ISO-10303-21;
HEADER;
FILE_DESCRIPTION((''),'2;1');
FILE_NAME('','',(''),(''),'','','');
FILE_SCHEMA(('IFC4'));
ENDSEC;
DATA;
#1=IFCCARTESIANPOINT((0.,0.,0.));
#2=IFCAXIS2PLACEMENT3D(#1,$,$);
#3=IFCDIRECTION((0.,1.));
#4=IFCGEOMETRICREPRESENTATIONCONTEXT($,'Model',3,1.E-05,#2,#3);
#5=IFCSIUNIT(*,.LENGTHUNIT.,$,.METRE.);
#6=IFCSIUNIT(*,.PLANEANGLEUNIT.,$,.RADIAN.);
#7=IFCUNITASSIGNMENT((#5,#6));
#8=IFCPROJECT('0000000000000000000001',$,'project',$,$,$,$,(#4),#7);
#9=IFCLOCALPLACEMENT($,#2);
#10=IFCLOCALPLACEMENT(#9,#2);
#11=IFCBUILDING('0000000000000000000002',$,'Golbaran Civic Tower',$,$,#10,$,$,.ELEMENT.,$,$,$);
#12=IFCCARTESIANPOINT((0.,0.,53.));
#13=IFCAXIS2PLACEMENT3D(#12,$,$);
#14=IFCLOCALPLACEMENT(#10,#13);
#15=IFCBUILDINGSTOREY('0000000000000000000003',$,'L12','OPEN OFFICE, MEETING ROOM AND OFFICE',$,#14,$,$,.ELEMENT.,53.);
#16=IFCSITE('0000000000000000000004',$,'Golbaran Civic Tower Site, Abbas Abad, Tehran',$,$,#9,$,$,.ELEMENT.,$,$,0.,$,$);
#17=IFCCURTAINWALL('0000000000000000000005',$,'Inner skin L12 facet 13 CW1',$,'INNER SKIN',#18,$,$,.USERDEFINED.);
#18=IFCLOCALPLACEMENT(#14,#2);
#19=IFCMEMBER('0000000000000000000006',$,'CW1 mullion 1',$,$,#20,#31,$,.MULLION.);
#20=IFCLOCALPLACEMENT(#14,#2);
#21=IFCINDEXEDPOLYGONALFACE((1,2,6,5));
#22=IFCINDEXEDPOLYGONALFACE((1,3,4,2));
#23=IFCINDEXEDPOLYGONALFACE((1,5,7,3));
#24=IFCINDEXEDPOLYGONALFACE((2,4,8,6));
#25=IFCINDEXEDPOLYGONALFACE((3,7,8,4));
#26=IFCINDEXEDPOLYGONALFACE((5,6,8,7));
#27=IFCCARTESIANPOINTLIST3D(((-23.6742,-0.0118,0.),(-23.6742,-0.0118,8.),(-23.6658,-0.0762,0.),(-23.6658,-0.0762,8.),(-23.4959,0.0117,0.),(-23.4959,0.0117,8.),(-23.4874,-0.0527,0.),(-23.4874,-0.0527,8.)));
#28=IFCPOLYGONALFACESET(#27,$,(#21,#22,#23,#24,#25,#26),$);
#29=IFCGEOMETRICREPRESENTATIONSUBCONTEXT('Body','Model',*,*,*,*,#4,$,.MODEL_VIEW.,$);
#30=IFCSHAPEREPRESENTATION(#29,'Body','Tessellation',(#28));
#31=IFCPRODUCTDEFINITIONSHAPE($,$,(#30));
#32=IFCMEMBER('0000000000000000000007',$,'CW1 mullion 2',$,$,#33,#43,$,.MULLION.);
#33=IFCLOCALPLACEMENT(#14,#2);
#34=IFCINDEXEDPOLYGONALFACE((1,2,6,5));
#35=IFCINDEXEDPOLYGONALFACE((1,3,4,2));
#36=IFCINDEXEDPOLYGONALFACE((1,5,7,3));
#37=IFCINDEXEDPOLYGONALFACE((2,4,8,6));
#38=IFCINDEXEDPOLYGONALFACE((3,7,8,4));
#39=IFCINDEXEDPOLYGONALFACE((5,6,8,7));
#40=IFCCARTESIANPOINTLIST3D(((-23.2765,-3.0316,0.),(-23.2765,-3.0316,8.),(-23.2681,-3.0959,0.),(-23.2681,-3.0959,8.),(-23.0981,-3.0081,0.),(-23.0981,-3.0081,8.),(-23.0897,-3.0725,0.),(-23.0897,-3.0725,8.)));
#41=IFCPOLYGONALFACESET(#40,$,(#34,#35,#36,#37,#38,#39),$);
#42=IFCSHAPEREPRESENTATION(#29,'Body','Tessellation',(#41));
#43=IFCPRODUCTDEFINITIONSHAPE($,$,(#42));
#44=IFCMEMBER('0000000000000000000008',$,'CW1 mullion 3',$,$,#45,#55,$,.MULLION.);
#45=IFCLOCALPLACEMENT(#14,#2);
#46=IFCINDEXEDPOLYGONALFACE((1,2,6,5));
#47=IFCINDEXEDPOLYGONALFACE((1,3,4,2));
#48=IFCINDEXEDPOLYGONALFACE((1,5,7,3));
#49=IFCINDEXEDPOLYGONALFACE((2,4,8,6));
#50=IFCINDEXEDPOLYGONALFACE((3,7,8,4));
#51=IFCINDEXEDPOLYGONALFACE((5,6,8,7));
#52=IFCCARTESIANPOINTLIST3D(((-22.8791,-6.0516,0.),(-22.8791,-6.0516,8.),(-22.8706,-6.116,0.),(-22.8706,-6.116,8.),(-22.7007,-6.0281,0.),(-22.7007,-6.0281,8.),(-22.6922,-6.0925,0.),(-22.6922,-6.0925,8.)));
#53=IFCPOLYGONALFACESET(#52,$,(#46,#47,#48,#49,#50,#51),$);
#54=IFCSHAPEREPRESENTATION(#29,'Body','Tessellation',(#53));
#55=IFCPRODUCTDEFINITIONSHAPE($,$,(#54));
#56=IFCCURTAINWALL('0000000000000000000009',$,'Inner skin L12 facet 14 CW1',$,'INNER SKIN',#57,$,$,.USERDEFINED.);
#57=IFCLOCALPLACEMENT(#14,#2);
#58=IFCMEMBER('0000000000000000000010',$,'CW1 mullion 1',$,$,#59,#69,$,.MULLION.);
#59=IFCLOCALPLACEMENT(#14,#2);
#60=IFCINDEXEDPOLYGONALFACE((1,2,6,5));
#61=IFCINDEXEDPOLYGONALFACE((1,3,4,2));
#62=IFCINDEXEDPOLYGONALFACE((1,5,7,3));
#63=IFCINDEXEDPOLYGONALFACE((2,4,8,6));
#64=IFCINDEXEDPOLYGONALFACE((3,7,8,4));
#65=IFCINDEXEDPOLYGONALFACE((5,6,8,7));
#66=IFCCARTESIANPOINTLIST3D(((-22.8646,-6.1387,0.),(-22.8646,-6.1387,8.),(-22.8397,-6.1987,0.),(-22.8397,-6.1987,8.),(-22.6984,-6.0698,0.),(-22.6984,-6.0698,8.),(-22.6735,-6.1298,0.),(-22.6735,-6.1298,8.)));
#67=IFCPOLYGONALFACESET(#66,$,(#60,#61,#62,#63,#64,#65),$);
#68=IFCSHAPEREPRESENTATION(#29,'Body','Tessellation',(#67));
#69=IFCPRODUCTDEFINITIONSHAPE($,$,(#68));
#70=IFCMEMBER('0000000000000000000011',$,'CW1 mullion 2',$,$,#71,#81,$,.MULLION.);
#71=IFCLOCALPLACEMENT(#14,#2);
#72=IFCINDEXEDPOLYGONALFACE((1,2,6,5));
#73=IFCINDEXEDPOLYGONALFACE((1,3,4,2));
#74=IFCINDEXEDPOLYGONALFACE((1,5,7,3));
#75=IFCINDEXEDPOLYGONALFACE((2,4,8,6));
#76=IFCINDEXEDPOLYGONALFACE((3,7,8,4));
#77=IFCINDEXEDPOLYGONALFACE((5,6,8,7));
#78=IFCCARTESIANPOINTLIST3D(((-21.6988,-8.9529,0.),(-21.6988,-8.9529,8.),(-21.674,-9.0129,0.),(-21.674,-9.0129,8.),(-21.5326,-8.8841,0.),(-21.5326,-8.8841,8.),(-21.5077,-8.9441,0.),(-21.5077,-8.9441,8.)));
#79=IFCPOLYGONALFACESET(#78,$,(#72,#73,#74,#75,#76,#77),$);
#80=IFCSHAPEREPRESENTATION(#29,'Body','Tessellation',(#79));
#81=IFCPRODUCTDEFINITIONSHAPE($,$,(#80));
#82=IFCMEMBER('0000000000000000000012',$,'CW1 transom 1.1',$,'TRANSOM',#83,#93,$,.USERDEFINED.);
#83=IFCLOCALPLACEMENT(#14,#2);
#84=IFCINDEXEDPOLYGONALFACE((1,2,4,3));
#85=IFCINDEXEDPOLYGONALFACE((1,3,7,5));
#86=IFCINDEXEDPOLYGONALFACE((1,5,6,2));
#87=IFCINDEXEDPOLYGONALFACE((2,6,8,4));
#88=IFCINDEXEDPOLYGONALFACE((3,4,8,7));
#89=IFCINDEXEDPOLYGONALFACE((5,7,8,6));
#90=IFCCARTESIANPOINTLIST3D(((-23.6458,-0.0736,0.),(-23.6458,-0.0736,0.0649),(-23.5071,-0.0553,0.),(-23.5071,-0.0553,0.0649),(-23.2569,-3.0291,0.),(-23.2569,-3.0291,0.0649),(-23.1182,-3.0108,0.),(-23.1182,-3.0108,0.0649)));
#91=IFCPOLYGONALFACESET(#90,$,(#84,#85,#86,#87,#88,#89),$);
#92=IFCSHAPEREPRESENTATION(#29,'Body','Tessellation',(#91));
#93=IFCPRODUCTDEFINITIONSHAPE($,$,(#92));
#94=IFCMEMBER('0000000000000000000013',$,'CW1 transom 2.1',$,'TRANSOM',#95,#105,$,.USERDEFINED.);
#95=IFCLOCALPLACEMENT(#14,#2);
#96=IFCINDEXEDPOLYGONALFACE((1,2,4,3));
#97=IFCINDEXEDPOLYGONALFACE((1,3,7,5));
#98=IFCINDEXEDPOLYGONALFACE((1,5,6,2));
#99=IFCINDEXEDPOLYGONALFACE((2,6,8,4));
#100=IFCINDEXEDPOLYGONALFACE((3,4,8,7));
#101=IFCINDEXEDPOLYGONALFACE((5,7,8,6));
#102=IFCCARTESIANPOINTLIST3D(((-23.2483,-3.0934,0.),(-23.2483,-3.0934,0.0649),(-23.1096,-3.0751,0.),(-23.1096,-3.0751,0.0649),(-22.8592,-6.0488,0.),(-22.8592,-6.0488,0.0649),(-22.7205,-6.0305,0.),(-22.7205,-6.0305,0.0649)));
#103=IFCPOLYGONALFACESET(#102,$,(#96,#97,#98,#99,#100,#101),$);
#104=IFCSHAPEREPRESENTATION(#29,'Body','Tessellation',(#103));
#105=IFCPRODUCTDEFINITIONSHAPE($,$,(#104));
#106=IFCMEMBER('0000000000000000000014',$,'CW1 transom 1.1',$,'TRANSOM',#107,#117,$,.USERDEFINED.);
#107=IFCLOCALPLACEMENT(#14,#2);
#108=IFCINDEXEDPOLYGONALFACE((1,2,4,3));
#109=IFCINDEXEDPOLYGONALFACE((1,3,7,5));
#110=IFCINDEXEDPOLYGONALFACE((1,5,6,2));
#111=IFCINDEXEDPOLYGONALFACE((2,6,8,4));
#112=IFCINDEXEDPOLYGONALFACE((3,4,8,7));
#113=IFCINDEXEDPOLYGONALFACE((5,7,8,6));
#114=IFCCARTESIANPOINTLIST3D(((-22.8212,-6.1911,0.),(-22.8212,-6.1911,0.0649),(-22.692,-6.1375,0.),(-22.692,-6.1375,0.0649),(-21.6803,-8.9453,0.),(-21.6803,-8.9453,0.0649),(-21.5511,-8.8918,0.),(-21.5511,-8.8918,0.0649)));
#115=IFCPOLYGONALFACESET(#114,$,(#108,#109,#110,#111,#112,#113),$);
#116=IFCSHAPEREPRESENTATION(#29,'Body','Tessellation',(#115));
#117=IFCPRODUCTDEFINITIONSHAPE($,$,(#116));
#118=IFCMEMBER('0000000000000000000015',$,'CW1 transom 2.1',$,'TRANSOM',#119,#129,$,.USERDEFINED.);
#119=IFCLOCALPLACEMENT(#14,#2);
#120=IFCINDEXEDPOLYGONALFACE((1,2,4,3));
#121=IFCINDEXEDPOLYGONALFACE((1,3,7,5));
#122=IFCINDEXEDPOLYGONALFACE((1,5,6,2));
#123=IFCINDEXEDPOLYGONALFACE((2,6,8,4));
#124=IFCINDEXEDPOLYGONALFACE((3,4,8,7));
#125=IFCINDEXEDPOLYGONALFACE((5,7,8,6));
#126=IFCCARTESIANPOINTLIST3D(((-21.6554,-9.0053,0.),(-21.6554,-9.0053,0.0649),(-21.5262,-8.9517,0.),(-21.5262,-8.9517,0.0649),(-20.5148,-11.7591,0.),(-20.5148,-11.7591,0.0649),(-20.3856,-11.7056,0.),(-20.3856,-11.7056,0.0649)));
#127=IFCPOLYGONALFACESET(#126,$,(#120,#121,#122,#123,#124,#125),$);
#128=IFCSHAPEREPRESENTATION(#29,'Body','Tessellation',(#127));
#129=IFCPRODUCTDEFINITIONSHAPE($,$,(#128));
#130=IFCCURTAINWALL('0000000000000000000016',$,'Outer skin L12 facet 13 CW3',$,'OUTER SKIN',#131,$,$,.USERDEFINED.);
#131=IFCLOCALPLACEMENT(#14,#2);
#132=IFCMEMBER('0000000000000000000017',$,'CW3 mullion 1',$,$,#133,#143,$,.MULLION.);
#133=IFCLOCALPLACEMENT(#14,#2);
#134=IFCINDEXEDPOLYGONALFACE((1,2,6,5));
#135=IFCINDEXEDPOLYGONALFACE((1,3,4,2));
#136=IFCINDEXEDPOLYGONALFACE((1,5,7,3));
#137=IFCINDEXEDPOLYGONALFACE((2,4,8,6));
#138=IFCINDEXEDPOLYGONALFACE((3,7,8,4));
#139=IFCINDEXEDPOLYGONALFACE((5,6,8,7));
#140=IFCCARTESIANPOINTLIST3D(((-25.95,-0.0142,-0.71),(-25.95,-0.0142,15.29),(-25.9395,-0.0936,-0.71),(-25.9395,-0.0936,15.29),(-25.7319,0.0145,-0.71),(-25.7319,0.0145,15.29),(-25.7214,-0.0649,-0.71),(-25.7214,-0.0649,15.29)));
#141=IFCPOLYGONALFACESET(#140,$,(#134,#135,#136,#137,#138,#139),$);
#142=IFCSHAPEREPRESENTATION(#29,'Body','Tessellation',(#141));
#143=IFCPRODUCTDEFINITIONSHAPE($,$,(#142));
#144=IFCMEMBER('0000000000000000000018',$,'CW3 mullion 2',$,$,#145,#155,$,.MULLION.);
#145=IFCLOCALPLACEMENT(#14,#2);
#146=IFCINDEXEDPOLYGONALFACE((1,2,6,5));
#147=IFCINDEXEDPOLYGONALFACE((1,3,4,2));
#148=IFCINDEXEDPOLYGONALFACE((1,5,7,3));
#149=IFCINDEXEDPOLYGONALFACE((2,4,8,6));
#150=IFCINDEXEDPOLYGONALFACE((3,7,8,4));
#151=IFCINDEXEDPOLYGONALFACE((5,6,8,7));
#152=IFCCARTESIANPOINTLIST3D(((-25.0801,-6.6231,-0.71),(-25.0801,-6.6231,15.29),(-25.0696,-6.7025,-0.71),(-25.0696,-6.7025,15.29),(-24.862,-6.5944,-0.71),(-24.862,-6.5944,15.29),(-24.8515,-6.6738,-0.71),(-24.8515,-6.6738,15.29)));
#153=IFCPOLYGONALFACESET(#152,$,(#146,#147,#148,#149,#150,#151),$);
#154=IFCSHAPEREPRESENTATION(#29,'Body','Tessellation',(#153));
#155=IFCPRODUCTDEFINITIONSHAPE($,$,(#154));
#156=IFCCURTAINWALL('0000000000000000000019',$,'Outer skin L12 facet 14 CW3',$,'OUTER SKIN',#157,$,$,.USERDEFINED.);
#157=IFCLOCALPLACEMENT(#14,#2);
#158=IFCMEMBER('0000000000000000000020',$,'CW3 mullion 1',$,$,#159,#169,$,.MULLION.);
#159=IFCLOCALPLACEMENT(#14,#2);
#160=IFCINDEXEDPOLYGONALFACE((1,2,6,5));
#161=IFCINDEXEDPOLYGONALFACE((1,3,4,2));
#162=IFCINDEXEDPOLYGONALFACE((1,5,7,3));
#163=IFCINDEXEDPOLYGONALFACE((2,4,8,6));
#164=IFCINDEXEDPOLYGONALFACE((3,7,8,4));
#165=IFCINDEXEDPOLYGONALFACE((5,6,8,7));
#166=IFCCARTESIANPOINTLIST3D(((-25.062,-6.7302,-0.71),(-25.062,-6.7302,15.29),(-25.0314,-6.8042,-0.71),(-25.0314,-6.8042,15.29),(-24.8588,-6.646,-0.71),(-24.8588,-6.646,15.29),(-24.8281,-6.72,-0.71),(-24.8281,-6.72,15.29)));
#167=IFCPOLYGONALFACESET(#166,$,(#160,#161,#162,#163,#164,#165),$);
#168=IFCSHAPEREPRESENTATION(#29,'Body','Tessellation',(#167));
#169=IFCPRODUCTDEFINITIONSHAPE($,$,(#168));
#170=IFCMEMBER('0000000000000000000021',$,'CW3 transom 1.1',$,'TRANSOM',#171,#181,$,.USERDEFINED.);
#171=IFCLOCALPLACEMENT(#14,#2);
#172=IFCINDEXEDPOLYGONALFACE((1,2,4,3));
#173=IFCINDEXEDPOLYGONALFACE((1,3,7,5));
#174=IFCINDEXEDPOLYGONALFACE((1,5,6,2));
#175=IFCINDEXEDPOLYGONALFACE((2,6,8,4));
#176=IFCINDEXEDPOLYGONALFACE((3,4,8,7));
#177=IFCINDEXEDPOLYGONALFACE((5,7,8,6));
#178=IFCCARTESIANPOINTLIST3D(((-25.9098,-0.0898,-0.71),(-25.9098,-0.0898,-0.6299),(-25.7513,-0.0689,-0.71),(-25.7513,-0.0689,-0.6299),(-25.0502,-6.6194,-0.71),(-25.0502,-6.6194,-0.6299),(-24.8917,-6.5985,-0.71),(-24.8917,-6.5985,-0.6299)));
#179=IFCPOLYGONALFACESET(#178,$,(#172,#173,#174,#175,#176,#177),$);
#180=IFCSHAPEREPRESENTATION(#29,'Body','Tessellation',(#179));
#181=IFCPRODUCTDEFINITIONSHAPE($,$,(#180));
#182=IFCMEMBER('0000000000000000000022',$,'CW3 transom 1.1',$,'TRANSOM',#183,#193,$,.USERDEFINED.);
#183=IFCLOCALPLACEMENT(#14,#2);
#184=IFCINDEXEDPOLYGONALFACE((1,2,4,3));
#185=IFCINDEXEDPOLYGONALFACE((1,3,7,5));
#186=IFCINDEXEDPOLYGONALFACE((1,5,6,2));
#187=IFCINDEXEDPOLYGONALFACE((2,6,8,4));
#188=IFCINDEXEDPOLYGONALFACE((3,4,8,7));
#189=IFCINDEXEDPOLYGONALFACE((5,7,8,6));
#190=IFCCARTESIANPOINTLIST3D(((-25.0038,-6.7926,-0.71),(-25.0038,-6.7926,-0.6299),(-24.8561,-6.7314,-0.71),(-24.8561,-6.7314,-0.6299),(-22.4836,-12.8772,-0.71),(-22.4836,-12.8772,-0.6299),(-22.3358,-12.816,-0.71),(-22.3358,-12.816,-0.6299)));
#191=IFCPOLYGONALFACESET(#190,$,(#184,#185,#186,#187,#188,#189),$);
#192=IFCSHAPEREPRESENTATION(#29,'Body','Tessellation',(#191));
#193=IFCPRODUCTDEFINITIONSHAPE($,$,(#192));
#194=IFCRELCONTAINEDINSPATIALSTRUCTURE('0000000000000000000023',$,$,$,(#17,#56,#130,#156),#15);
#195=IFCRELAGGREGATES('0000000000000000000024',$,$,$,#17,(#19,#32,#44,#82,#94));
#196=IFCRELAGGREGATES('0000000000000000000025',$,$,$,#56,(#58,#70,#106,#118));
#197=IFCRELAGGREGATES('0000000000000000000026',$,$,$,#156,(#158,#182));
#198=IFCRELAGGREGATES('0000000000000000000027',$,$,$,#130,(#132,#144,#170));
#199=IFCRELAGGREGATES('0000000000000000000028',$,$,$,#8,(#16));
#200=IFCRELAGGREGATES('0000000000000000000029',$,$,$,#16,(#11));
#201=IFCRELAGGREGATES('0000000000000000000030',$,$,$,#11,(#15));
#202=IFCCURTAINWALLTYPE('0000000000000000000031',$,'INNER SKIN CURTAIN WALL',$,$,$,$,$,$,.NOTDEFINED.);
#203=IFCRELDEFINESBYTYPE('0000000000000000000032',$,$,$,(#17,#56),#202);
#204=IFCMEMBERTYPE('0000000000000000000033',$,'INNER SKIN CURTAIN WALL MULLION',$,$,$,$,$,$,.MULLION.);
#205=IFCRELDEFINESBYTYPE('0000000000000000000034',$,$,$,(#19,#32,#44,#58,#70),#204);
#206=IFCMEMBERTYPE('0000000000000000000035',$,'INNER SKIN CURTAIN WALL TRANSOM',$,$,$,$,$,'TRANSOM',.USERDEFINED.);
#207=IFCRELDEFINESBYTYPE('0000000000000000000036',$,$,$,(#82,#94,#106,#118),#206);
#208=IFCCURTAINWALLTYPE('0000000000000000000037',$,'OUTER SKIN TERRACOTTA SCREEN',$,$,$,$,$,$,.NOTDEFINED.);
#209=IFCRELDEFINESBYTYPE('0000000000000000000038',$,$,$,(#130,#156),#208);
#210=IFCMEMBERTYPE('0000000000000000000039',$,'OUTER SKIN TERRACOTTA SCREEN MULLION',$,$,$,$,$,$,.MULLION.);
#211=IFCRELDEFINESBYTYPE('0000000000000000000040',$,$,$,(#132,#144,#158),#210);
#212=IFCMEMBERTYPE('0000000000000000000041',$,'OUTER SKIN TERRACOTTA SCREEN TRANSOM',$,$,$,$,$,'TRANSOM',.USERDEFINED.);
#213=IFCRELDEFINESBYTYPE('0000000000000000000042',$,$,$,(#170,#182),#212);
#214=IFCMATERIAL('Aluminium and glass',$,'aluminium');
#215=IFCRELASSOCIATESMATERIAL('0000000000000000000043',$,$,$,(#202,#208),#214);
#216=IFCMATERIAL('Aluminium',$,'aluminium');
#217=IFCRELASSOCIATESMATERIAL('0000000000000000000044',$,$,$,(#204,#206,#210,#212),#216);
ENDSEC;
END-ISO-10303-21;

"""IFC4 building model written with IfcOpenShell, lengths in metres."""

from ifc_helpers import new_model, si_unit, direction, frame, origin, origin_2d, place, context, subcontext, project, spatial, rectangle, extrude, material, material_profile, profile_set, type_object, element, aggregate, save


model = new_model("IFC4")

# Units and contexts
model_context = context("Model", 3, precision=1e-05, world=origin(), true_north=direction((0.0, 1.0)))
body_context = subcontext(model_context, "Body", "Model", "MODEL_VIEW")
ifc_project = project(units=[si_unit("LENGTHUNIT", "METRE"), si_unit("PLANEANGLEUNIT", "RADIAN")], contexts=[model_context])

# Site, building, storey
site_placement = place(None, origin())
site = spatial("IfcSite", under=ifc_project, at=site_placement, Name="Golbaran Civic Tower Site, Abbas Abad, Tehran", CompositionType="ELEMENT", RefElevation=0.0)
building_placement = place(site_placement, origin())
building = spatial("IfcBuilding", under=site, at=building_placement, Name="Golbaran Civic Tower", CompositionType="ELEMENT")
storey_placement = place(building_placement, frame((0.0, 0.0, 53.0)))
storey = spatial("IfcBuildingStorey", under=building, at=storey_placement, Name="L12", Description="OPEN OFFICE, MEETING ROOM AND OFFICE", CompositionType="ELEMENT", Elevation=53.0)

# Curtain walls, members
ifc_material_1 = material(Name="Aluminium and glass", Category="aluminium")
curtain_wall_type_1 = type_object("IfcCurtainWallType", Name="INNER SKIN CURTAIN WALL", PredefinedType="NOTDEFINED", material=ifc_material_1)
curtain_wall_1_placement = place(storey_placement, origin())
curtain_wall_1 = element("IfcCurtainWall", 1, at=curtain_wall_1_placement, inside=storey, type_object=curtain_wall_type_1, Name="Inner skin L12 facet 13 CW1", ObjectType="INNER SKIN", PredefinedType="USERDEFINED")
ifc_material_2 = material(Name="Aluminium", Category="aluminium")
ifc_material_profile_1 = material_profile(ifc_material_2, rectangle(XDim=0.1799, YDim=0.0649, at=origin_2d()), Name="INNER SKIN CURTAIN WALL MULLION")
ifc_profile_set_1 = profile_set([ifc_material_profile_1], Name="Aluminium")
member_type_1 = type_object("IfcMemberType", Name="INNER SKIN CURTAIN WALL MULLION", PredefinedType="MULLION", material=ifc_profile_set_1)
member_1_placement = place(storey_placement, frame((-23.5808, -0.0322, 0.0), z_axis=(0.0, 0.0, 1.0), x_axis=(0.991445, 0.130526, 0.0)))
member_1 = element("IfcMember", 2, at=member_1_placement, type_object=member_type_1, Name="CW1 mullion 1", PredefinedType="MULLION", context=body_context, shape_type="SweptSolid", body=[
    extrude(rectangle(XDim=0.1799, YDim=0.0649, at=origin_2d()), origin(), (0.0, 0.0, 1.0), 8.0),
])
member_2_placement = place(storey_placement, frame((-23.1831, -3.052, 0.0), z_axis=(0.0, 0.0, 1.0), x_axis=(0.991445, 0.130526, 0.0)))
member_2 = element("IfcMember", 3, at=member_2_placement, type_object=member_type_1, Name="CW1 mullion 2", PredefinedType="MULLION", context=body_context, shape_type="SweptSolid", body=[
    extrude(rectangle(XDim=0.1799, YDim=0.0649, at=origin_2d()), origin(), (0.0, 0.0, 1.0), 8.0),
])
member_3_placement = place(storey_placement, frame((-22.7856, -6.072, 0.0), z_axis=(0.0, 0.0, 1.0), x_axis=(0.991445, 0.130526, 0.0)))
member_3 = element("IfcMember", 4, at=member_3_placement, type_object=member_type_1, Name="CW1 mullion 3", PredefinedType="MULLION", context=body_context, shape_type="SweptSolid", body=[
    extrude(rectangle(XDim=0.1799, YDim=0.0649, at=origin_2d()), origin(), (0.0, 0.0, 1.0), 8.0),
])
curtain_wall_2_placement = place(storey_placement, origin())
curtain_wall_2 = element("IfcCurtainWall", 5, at=curtain_wall_2_placement, inside=storey, type_object=curtain_wall_type_1, Name="Inner skin L12 facet 14 CW1", ObjectType="INNER SKIN", PredefinedType="USERDEFINED")
member_4_placement = place(storey_placement, frame((-22.769, -6.1343, 0.0), z_axis=(0.0, 0.0, 1.0), x_axis=(0.92388, 0.382683, 0.0)))
member_4 = element("IfcMember", 6, at=member_4_placement, type_object=member_type_1, Name="CW1 mullion 1", PredefinedType="MULLION", context=body_context, shape_type="SweptSolid", body=[
    extrude(rectangle(XDim=0.1799, YDim=0.0649, at=origin_2d()), origin(), (0.0, 0.0, 1.0), 8.0),
])
member_5_placement = place(storey_placement, frame((-21.6033, -8.9485, 0.0), z_axis=(0.0, 0.0, 1.0), x_axis=(0.92388, 0.382683, 0.0)))
member_5 = element("IfcMember", 7, at=member_5_placement, type_object=member_type_1, Name="CW1 mullion 2", PredefinedType="MULLION", context=body_context, shape_type="SweptSolid", body=[
    extrude(rectangle(XDim=0.1799, YDim=0.0649, at=origin_2d()), origin(), (0.0, 0.0, 1.0), 8.0),
])

# Members
ifc_material_profile_2 = material_profile(ifc_material_2, rectangle(XDim=0.1399, YDim=0.0649, at=origin_2d()), Name="INNER SKIN CURTAIN WALL TRANSOM")
ifc_profile_set_2 = profile_set([ifc_material_profile_2], Name="Aluminium")
member_type_2 = type_object("IfcMemberType", Name="INNER SKIN CURTAIN WALL TRANSOM", ElementType="TRANSOM", PredefinedType="USERDEFINED", material=ifc_profile_set_2)
member_6_placement = place(storey_placement, frame((-23.5764, -0.0645, 0.0325), z_axis=(0.130463, -0.991453, 0.0), x_axis=(0.991453, 0.130463, 0.0)))
member_6 = element("IfcMember", 8, at=member_6_placement, type_object=member_type_2, Name="CW1 transom 1.1", ObjectType="TRANSOM", PredefinedType="USERDEFINED", context=body_context, shape_type="SweptSolid", body=[
    extrude(rectangle(XDim=0.1399, YDim=0.0649, at=origin_2d()), origin(), (0.0, 0.0, 1.0), 2.981),
])
member_7_placement = place(storey_placement, frame((-23.179, -3.0842, 0.0325), z_axis=(0.130543, -0.991443, 0.0), x_axis=(0.991443, 0.130543, 0.0)))
member_7 = element("IfcMember", 9, at=member_7_placement, type_object=member_type_2, Name="CW1 transom 2.1", ObjectType="TRANSOM", PredefinedType="USERDEFINED", context=body_context, shape_type="SweptSolid", body=[
    extrude(rectangle(XDim=0.1399, YDim=0.0649, at=origin_2d()), origin(), (0.0, 0.0, 1.0), 2.981),
])
member_8_placement = place(storey_placement, frame((-22.7566, -6.1643, 0.0325), z_axis=(0.382701, -0.923872, 0.0), x_axis=(0.923872, 0.382701, 0.0)))
member_8 = element("IfcMember", 10, at=member_8_placement, type_object=member_type_2, Name="CW1 transom 1.1", ObjectType="TRANSOM", PredefinedType="USERDEFINED", context=body_context, shape_type="SweptSolid", body=[
    extrude(rectangle(XDim=0.1399, YDim=0.0649, at=origin_2d()), origin(), (0.0, 0.0, 1.0), 2.9812),
])
member_9_placement = place(storey_placement, frame((-21.5908, -8.9785, 0.0325), z_axis=(0.38266, -0.923889, 0.0), x_axis=(0.923889, 0.38266, 0.0)))
member_9 = element("IfcMember", 11, at=member_9_placement, type_object=member_type_2, Name="CW1 transom 2.1", ObjectType="TRANSOM", PredefinedType="USERDEFINED", context=body_context, shape_type="SweptSolid", body=[
    extrude(rectangle(XDim=0.1399, YDim=0.0649, at=origin_2d()), origin(), (0.0, 0.0, 1.0), 2.9807),
])

# Curtain wall, members
curtain_wall_type_2 = type_object("IfcCurtainWallType", Name="OUTER SKIN TERRACOTTA SCREEN", PredefinedType="NOTDEFINED", material=ifc_material_1)
curtain_wall_3_placement = place(storey_placement, origin())
curtain_wall_3 = element("IfcCurtainWall", 12, at=curtain_wall_3_placement, inside=storey, type_object=curtain_wall_type_2, Name="Outer skin L12 facet 13 CW3", ObjectType="OUTER SKIN", PredefinedType="USERDEFINED")
ifc_material_profile_3 = material_profile(ifc_material_2, rectangle(XDim=0.22, YDim=0.0801, at=origin_2d()), Name="OUTER SKIN TERRACOTTA SCREEN MULLION")
ifc_profile_set_3 = profile_set([ifc_material_profile_3], Name="Aluminium")
member_type_3 = type_object("IfcMemberType", Name="OUTER SKIN TERRACOTTA SCREEN MULLION", PredefinedType="MULLION", material=ifc_profile_set_3)
member_10_placement = place(storey_placement, frame((-25.8357, -0.0396, -0.71), z_axis=(0.0, 0.0, 1.0), x_axis=(0.991445, 0.130526, 0.0)))
member_10 = element("IfcMember", 13, at=member_10_placement, type_object=member_type_3, Name="CW3 mullion 1", PredefinedType="MULLION", context=body_context, shape_type="SweptSolid", body=[
    extrude(rectangle(XDim=0.22, YDim=0.0801, at=origin_2d()), origin(), (0.0, 0.0, 1.0), 16.0),
])
member_11_placement = place(storey_placement, frame((-24.9658, -6.6484, -0.71), z_axis=(0.0, 0.0, 1.0), x_axis=(0.991445, 0.130526, 0.0)))
member_11 = element("IfcMember", 14, at=member_11_placement, type_object=member_type_3, Name="CW3 mullion 2", PredefinedType="MULLION", context=body_context, shape_type="SweptSolid", body=[
    extrude(rectangle(XDim=0.22, YDim=0.0801, at=origin_2d()), origin(), (0.0, 0.0, 1.0), 16.0),
])

# Curtain wall, member
curtain_wall_4_placement = place(storey_placement, origin())
curtain_wall_4 = element("IfcCurtainWall", 15, at=curtain_wall_4_placement, inside=storey, type_object=curtain_wall_type_2, Name="Outer skin L12 facet 14 CW3", ObjectType="OUTER SKIN", PredefinedType="USERDEFINED")
member_12_placement = place(storey_placement, frame((-24.9451, -6.7251, -0.71), z_axis=(0.0, 0.0, 1.0), x_axis=(0.92388, 0.382683, 0.0)))
member_12 = element("IfcMember", 16, at=member_12_placement, type_object=member_type_3, Name="CW3 mullion 1", PredefinedType="MULLION", context=body_context, shape_type="SweptSolid", body=[
    extrude(rectangle(XDim=0.22, YDim=0.0801, at=origin_2d()), origin(), (0.0, 0.0, 1.0), 16.0),
])

# Members
ifc_material_profile_4 = material_profile(ifc_material_2, rectangle(XDim=0.1599, YDim=0.0801, at=origin_2d()), Name="OUTER SKIN TERRACOTTA SCREEN TRANSOM")
ifc_profile_set_4 = profile_set([ifc_material_profile_4], Name="Aluminium")
member_type_4 = type_object("IfcMemberType", Name="OUTER SKIN TERRACOTTA SCREEN TRANSOM", ElementType="TRANSOM", PredefinedType="USERDEFINED", material=ifc_profile_set_4)
member_13_placement = place(storey_placement, frame((-25.8306, -0.0793, -0.6699), z_axis=(0.130525, -0.991445, 0.0), x_axis=(0.991445, 0.130525, 0.0)))
member_13 = element("IfcMember", 17, at=member_13_placement, type_object=member_type_4, Name="CW3 transom 1.1", ObjectType="TRANSOM", PredefinedType="USERDEFINED", context=body_context, shape_type="SweptSolid", body=[
    extrude(rectangle(XDim=0.1599, YDim=0.0801, at=origin_2d()), origin(), (0.0, 0.0, 1.0), 6.5859),
])
member_14_placement = place(storey_placement, frame((-24.9299, -6.762, -0.6699), z_axis=(0.382669, -0.923885, 0.0), x_axis=(0.923885, 0.382669, 0.0)))
member_14 = element("IfcMember", 18, at=member_14_placement, type_object=member_type_4, Name="CW3 transom 1.1", ObjectType="TRANSOM", PredefinedType="USERDEFINED", context=body_context, shape_type="SweptSolid", body=[
    extrude(rectangle(XDim=0.1599, YDim=0.0801, at=origin_2d()), origin(), (0.0, 0.0, 1.0), 6.5859),
])

aggregate(curtain_wall_1, [member_1, member_2, member_3, member_6, member_7])
aggregate(curtain_wall_2, [member_4, member_5, member_8, member_9])
aggregate(curtain_wall_4, [member_12, member_14])
aggregate(curtain_wall_3, [member_10, member_11, member_13])

save(model, "model.ifc")
